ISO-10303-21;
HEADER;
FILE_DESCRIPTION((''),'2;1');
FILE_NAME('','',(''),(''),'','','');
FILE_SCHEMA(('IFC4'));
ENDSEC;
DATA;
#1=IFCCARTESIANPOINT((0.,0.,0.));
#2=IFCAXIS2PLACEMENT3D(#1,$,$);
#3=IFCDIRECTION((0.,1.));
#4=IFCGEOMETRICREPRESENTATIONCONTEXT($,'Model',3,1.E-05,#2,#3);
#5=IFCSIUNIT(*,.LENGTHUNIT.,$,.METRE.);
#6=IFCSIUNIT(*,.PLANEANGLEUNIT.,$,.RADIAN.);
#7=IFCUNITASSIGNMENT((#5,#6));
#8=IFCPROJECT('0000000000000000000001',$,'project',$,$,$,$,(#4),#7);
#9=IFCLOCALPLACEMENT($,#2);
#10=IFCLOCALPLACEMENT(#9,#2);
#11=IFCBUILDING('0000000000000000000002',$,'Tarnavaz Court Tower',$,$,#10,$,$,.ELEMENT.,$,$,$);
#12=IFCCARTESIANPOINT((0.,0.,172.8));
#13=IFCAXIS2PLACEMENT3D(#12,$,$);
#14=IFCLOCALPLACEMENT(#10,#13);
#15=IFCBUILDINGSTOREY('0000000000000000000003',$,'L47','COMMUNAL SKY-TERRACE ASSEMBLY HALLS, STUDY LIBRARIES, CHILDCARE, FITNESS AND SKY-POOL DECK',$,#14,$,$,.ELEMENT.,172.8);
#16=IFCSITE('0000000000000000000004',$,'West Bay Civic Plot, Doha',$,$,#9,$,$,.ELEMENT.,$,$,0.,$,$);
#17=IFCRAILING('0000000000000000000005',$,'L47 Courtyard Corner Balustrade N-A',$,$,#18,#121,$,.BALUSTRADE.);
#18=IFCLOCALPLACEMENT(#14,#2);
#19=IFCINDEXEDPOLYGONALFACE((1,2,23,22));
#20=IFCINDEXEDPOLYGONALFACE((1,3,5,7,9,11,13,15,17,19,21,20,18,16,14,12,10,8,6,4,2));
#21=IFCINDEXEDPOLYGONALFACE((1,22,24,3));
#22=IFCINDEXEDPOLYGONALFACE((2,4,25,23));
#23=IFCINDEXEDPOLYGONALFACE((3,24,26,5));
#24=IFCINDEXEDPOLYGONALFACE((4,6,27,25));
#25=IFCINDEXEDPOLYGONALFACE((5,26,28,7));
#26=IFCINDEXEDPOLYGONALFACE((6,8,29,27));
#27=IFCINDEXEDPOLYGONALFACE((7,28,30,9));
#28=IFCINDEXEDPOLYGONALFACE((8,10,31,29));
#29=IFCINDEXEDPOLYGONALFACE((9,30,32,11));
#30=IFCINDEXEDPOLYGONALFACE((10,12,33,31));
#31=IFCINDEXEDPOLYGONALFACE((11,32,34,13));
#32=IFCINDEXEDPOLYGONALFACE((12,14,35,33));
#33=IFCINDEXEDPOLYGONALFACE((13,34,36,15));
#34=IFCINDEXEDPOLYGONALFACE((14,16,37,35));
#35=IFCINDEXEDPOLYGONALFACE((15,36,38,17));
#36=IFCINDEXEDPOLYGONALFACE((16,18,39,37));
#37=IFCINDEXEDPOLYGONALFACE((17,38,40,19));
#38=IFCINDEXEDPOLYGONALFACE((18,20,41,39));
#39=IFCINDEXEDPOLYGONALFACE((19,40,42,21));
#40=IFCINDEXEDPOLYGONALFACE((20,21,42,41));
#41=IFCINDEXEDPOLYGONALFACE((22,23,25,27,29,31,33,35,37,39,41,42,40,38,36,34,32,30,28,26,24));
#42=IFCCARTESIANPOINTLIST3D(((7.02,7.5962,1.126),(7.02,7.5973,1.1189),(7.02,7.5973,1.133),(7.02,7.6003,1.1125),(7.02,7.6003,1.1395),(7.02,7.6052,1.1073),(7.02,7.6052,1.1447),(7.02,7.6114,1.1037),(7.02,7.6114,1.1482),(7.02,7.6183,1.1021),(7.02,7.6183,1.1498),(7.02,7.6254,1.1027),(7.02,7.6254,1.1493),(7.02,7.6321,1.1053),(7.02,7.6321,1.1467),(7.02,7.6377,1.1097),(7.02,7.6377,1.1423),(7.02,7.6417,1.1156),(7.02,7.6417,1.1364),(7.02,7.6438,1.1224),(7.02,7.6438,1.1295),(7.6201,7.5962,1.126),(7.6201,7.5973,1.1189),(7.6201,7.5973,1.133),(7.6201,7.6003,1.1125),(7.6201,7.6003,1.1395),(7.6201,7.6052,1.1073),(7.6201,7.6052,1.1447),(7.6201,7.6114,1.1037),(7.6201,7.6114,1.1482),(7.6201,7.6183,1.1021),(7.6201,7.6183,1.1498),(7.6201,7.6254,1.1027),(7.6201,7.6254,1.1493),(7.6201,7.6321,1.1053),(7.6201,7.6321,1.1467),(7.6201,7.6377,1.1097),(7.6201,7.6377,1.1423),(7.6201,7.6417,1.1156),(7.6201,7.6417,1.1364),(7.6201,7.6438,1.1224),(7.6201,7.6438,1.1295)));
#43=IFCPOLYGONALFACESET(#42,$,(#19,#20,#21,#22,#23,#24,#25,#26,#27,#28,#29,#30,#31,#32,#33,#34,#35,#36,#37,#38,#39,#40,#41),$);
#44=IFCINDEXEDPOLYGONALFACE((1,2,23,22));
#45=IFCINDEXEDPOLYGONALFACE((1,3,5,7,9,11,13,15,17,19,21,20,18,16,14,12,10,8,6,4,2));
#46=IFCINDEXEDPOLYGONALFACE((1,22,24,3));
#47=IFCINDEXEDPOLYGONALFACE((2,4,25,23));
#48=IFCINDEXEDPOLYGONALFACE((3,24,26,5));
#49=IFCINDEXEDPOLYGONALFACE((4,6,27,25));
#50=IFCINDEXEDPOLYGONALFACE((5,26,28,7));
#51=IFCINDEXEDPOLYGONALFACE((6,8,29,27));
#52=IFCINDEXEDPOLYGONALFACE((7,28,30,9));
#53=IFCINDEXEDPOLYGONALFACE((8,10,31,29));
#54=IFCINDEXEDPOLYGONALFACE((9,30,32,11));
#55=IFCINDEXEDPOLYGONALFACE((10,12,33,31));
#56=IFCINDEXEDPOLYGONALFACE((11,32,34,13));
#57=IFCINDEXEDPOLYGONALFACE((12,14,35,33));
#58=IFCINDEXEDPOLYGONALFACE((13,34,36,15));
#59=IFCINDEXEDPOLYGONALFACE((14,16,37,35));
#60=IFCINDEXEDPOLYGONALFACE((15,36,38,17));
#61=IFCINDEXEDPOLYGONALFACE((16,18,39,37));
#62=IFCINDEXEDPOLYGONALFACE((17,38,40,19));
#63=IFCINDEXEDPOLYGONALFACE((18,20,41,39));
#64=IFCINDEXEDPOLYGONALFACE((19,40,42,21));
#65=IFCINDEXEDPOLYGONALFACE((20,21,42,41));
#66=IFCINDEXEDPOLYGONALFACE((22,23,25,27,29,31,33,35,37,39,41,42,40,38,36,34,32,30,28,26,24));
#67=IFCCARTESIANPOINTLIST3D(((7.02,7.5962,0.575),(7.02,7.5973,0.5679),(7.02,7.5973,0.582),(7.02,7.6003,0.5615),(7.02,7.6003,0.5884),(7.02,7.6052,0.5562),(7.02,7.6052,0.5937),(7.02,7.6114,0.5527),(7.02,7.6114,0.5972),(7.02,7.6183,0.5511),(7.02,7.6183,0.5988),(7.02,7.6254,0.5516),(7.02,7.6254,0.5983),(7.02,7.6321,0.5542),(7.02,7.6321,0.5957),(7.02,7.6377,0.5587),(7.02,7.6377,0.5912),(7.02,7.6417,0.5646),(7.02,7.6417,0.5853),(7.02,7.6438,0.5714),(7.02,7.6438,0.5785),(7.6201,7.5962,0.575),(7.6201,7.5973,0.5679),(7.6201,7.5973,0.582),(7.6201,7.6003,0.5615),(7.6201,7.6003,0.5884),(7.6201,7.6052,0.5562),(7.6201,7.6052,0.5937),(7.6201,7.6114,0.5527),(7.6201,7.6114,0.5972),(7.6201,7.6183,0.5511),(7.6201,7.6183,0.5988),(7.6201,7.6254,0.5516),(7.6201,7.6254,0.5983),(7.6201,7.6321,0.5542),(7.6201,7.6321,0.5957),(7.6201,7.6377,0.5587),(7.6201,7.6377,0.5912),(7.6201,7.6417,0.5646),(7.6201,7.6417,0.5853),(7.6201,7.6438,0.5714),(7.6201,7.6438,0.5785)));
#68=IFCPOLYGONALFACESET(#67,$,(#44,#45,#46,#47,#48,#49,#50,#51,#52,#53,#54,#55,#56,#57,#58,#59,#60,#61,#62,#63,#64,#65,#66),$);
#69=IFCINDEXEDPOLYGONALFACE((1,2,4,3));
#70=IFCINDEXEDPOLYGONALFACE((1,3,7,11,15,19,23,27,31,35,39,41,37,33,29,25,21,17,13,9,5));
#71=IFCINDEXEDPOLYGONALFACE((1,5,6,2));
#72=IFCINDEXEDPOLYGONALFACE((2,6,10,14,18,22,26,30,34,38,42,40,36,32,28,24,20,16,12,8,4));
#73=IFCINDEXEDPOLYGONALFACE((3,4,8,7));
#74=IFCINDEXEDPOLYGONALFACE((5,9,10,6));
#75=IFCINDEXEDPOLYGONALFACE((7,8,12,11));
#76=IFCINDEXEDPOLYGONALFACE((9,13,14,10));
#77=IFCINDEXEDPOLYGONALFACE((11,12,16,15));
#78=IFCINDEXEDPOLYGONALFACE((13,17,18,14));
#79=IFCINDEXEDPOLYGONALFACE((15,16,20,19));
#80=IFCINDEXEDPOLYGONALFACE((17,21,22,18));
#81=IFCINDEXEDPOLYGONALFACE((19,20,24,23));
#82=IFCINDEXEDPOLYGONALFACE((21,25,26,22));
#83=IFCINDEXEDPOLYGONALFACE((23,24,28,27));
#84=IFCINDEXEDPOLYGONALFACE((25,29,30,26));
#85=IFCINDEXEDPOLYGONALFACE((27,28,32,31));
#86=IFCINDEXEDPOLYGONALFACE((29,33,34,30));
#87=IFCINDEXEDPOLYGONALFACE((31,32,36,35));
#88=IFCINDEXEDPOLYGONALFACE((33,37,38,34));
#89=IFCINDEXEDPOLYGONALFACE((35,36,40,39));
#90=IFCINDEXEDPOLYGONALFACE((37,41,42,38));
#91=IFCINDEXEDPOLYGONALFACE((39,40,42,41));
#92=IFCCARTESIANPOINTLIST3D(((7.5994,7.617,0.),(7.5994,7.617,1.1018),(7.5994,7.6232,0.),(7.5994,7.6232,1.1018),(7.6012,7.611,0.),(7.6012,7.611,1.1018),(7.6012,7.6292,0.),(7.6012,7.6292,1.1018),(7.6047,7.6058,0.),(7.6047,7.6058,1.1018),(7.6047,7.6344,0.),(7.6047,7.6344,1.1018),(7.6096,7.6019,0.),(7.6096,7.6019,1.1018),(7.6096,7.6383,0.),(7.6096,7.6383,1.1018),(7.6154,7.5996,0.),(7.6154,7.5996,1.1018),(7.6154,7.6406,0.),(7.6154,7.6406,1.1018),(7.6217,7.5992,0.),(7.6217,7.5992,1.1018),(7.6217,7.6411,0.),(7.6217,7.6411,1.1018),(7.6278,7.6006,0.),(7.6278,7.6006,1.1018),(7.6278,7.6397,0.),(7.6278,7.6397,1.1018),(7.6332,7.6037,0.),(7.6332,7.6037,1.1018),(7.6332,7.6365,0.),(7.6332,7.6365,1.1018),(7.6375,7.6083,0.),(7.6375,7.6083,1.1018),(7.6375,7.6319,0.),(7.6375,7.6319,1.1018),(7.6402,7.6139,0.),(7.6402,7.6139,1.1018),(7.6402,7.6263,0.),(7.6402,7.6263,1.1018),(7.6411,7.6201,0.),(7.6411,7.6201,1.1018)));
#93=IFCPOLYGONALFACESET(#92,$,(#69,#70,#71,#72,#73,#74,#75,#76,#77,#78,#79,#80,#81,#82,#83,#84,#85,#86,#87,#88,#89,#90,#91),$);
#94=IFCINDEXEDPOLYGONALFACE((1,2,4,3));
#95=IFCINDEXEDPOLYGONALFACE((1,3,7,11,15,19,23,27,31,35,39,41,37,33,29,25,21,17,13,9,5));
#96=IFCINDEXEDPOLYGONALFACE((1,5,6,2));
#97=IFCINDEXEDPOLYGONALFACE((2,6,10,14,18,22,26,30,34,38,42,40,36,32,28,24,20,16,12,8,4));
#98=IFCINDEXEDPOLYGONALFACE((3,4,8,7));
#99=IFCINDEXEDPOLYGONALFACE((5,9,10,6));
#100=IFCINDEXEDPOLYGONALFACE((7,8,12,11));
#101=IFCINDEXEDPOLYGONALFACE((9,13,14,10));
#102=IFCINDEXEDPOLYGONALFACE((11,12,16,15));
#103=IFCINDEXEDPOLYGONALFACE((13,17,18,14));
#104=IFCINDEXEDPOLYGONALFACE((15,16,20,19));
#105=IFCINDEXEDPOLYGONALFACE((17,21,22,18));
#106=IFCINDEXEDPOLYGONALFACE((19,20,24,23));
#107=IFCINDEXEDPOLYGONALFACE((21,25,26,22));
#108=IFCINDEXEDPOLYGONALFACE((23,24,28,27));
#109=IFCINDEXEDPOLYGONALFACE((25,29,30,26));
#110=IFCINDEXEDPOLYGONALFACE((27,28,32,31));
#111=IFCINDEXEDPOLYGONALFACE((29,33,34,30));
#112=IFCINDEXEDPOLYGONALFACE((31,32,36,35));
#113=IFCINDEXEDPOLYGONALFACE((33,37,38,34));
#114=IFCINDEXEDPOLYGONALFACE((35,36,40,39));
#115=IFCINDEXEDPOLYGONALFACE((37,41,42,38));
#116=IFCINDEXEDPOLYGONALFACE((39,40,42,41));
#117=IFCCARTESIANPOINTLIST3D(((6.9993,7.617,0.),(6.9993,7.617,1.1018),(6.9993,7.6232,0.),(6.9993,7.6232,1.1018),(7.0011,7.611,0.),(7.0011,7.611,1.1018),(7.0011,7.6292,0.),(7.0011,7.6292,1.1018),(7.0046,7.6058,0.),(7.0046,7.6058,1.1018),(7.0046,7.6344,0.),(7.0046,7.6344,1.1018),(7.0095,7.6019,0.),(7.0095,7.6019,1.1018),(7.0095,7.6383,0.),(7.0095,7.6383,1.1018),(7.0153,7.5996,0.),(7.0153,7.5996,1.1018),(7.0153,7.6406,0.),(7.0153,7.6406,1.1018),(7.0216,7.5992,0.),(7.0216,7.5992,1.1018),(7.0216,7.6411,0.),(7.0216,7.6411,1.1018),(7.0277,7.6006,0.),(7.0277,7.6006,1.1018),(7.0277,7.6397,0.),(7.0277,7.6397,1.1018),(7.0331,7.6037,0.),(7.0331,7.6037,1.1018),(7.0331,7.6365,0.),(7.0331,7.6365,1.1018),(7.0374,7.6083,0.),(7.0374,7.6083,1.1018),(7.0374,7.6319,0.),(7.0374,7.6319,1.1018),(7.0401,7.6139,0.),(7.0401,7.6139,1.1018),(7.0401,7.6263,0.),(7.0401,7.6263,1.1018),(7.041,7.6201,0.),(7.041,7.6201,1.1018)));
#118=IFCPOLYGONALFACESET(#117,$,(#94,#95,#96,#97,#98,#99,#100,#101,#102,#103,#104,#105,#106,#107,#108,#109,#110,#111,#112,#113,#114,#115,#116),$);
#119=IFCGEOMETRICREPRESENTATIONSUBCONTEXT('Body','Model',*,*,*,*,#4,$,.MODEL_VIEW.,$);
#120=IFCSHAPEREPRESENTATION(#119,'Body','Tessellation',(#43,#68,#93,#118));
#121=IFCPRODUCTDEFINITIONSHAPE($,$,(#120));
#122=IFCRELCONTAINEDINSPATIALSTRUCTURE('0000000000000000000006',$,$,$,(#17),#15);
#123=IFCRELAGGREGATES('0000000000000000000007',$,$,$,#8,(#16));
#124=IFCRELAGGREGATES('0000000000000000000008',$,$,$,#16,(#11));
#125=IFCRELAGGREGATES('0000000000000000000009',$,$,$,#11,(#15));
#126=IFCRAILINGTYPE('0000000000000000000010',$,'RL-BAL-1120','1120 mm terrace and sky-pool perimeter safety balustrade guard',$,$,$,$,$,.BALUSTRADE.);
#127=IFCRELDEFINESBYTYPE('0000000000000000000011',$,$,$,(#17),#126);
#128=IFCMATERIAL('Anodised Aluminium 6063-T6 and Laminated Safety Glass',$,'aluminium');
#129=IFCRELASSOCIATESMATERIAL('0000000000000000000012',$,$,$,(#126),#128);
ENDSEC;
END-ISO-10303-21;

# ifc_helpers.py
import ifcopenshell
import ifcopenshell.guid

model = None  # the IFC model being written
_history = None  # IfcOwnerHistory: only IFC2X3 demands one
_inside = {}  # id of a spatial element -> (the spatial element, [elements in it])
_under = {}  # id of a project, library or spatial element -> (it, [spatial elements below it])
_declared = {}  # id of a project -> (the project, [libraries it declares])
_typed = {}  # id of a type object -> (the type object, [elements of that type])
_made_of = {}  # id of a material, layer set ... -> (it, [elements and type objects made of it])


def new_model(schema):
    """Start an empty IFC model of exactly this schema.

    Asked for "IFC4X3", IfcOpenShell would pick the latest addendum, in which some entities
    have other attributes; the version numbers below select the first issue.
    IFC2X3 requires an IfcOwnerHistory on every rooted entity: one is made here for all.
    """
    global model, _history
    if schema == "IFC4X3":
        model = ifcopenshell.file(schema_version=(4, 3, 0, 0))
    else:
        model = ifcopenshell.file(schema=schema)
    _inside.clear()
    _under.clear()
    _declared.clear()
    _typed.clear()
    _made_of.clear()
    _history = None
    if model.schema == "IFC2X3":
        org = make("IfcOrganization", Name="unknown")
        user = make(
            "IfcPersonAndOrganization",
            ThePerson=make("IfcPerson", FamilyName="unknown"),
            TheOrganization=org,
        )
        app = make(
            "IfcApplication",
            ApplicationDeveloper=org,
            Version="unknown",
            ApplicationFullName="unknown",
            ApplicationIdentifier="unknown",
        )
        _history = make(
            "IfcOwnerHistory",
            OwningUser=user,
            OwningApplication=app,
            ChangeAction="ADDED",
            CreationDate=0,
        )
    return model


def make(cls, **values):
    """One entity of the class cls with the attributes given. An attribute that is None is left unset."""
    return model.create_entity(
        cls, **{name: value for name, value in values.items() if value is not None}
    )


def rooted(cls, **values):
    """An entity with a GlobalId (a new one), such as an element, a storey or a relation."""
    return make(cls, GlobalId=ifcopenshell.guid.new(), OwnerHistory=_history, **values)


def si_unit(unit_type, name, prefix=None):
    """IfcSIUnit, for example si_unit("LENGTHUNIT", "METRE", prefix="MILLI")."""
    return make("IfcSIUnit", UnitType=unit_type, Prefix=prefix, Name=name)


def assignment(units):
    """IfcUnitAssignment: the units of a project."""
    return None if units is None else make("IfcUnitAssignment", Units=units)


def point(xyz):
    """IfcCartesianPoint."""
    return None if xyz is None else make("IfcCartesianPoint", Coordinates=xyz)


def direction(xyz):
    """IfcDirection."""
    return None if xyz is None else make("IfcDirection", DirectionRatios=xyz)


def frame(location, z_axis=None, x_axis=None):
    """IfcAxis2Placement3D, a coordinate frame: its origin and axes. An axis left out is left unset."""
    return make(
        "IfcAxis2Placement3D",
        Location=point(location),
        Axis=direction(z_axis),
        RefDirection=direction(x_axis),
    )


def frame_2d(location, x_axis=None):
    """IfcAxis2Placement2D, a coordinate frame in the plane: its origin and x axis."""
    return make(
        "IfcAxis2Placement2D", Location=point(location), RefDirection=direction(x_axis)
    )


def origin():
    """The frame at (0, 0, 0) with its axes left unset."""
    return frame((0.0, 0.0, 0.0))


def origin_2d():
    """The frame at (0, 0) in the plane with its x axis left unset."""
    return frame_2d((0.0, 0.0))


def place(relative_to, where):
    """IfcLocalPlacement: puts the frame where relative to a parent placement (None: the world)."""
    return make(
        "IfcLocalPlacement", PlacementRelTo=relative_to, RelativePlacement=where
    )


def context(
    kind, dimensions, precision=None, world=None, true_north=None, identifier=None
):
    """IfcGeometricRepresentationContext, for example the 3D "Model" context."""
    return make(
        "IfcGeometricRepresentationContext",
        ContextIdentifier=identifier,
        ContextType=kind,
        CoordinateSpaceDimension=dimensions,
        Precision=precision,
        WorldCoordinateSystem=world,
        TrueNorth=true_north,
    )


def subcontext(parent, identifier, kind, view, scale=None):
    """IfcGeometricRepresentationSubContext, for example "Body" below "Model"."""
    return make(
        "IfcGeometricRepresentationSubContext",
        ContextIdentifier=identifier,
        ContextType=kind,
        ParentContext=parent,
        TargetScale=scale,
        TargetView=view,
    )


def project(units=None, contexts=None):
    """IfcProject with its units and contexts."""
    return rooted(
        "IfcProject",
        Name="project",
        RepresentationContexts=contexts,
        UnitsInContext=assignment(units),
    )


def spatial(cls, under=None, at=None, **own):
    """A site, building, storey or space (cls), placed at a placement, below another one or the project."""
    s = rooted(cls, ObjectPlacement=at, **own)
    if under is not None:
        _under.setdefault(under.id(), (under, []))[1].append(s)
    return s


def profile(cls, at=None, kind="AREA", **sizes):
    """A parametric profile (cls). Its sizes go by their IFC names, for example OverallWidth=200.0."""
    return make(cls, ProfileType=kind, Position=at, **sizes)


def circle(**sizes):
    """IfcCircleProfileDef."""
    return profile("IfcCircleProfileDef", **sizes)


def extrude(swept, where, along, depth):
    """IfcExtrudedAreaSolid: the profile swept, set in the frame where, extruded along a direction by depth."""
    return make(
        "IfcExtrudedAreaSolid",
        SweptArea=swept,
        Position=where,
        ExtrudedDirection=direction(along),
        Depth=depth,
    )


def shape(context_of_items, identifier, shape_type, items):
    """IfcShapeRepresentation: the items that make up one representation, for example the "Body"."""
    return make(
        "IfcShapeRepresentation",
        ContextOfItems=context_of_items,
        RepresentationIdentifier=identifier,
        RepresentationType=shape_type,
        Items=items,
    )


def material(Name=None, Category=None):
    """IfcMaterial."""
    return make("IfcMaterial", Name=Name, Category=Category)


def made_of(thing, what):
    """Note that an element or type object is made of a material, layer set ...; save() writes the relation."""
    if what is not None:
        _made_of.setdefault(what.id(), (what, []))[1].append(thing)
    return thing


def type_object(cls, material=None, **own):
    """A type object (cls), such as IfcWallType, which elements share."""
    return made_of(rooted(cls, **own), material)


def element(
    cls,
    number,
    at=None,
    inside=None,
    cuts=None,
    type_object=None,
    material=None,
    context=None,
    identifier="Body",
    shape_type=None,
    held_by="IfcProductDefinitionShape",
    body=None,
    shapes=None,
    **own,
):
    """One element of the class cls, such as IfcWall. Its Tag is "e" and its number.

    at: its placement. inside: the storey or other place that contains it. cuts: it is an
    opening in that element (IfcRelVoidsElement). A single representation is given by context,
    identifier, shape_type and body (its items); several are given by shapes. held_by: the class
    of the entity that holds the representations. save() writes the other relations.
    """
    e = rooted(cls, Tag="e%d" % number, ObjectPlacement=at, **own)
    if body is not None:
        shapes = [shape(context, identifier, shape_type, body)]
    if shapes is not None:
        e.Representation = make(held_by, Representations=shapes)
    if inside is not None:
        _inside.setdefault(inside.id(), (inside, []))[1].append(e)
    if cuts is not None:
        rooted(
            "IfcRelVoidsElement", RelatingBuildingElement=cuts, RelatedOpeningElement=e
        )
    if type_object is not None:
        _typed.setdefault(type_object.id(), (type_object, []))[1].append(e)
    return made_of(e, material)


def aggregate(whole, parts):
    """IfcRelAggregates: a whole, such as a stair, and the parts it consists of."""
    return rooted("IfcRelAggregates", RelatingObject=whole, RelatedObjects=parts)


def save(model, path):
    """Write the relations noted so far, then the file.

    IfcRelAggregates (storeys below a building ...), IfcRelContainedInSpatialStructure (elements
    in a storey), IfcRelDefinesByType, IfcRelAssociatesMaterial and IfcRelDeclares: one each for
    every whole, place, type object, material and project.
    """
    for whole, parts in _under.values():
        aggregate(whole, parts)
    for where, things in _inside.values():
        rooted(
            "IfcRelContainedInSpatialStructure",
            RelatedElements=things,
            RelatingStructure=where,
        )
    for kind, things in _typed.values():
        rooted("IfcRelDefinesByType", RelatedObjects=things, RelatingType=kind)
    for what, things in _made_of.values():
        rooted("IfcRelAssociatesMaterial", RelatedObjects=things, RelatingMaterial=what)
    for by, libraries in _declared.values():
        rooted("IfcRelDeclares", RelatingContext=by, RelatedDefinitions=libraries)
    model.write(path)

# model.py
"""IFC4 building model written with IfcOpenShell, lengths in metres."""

from ifc_helpers import new_model, si_unit, direction, frame, origin, origin_2d, place, context, subcontext, project, spatial, circle, extrude, material, type_object, element, save


model = new_model("IFC4")

# Units and contexts
model_context = context("Model", 3, precision=1e-05, world=origin(), true_north=direction((0.0, 1.0)))
body_context = subcontext(model_context, "Body", "Model", "MODEL_VIEW")
ifc_project = project(units=[si_unit("LENGTHUNIT", "METRE"), si_unit("PLANEANGLEUNIT", "RADIAN")], contexts=[model_context])

# Site, building, storey
site_placement = place(None, origin())
site = spatial("IfcSite", under=ifc_project, at=site_placement, Name="West Bay Civic Plot, Doha", CompositionType="ELEMENT", RefElevation=0.0)
building_placement = place(site_placement, origin())
building = spatial("IfcBuilding", under=site, at=building_placement, Name="Tarnavaz Court Tower", CompositionType="ELEMENT")
storey_placement = place(building_placement, frame((0.0, 0.0, 172.8)))
storey = spatial("IfcBuildingStorey", under=building, at=storey_placement, Name="L47", Description="COMMUNAL SKY-TERRACE ASSEMBLY HALLS, STUDY LIBRARIES, CHILDCARE, FITNESS AND SKY-POOL DECK", CompositionType="ELEMENT", Elevation=172.8)

# Railing
ifc_material_1 = material(Name="Anodised Aluminium 6063-T6 and Laminated Safety Glass", Category="aluminium")
railing_type_1 = type_object("IfcRailingType", Name="RL-BAL-1120", Description="1120 mm terrace and sky-pool perimeter safety balustrade guard", PredefinedType="BALUSTRADE", material=ifc_material_1)
railing_1_placement = place(storey_placement, frame((7.6201, 7.6201, 0.0)))
element("IfcRailing", 1, at=railing_1_placement, inside=storey, type_object=railing_type_1, Name="L47 Courtyard Corner Balustrade N-A", PredefinedType="BALUSTRADE", context=body_context, shape_type="SweptSolid", body=[
    extrude(circle(Radius=0.0239, at=origin_2d()), frame((0.0, 0.0, 1.126), z_axis=(-1.0, 0.0, 0.0), x_axis=(0.0, -1.0, 0.0)), (0.0, 0.0, 1.0), 0.6001),
    extrude(circle(Radius=0.0239, at=origin_2d()), frame((0.0, 0.0, 0.575), z_axis=(-1.0, 0.0, 0.0), x_axis=(0.0, -1.0, 0.0)), (0.0, 0.0, 1.0), 0.6001),
    extrude(circle(Radius=0.021, at=origin_2d()), origin(), (0.0, 0.0, 1.0), 1.1018),
    extrude(circle(Radius=0.021, at=origin_2d()), frame((-0.6001, 0.0, 0.0)), (0.0, 0.0, 1.0), 1.1018),
])

save(model, "model.ifc")
